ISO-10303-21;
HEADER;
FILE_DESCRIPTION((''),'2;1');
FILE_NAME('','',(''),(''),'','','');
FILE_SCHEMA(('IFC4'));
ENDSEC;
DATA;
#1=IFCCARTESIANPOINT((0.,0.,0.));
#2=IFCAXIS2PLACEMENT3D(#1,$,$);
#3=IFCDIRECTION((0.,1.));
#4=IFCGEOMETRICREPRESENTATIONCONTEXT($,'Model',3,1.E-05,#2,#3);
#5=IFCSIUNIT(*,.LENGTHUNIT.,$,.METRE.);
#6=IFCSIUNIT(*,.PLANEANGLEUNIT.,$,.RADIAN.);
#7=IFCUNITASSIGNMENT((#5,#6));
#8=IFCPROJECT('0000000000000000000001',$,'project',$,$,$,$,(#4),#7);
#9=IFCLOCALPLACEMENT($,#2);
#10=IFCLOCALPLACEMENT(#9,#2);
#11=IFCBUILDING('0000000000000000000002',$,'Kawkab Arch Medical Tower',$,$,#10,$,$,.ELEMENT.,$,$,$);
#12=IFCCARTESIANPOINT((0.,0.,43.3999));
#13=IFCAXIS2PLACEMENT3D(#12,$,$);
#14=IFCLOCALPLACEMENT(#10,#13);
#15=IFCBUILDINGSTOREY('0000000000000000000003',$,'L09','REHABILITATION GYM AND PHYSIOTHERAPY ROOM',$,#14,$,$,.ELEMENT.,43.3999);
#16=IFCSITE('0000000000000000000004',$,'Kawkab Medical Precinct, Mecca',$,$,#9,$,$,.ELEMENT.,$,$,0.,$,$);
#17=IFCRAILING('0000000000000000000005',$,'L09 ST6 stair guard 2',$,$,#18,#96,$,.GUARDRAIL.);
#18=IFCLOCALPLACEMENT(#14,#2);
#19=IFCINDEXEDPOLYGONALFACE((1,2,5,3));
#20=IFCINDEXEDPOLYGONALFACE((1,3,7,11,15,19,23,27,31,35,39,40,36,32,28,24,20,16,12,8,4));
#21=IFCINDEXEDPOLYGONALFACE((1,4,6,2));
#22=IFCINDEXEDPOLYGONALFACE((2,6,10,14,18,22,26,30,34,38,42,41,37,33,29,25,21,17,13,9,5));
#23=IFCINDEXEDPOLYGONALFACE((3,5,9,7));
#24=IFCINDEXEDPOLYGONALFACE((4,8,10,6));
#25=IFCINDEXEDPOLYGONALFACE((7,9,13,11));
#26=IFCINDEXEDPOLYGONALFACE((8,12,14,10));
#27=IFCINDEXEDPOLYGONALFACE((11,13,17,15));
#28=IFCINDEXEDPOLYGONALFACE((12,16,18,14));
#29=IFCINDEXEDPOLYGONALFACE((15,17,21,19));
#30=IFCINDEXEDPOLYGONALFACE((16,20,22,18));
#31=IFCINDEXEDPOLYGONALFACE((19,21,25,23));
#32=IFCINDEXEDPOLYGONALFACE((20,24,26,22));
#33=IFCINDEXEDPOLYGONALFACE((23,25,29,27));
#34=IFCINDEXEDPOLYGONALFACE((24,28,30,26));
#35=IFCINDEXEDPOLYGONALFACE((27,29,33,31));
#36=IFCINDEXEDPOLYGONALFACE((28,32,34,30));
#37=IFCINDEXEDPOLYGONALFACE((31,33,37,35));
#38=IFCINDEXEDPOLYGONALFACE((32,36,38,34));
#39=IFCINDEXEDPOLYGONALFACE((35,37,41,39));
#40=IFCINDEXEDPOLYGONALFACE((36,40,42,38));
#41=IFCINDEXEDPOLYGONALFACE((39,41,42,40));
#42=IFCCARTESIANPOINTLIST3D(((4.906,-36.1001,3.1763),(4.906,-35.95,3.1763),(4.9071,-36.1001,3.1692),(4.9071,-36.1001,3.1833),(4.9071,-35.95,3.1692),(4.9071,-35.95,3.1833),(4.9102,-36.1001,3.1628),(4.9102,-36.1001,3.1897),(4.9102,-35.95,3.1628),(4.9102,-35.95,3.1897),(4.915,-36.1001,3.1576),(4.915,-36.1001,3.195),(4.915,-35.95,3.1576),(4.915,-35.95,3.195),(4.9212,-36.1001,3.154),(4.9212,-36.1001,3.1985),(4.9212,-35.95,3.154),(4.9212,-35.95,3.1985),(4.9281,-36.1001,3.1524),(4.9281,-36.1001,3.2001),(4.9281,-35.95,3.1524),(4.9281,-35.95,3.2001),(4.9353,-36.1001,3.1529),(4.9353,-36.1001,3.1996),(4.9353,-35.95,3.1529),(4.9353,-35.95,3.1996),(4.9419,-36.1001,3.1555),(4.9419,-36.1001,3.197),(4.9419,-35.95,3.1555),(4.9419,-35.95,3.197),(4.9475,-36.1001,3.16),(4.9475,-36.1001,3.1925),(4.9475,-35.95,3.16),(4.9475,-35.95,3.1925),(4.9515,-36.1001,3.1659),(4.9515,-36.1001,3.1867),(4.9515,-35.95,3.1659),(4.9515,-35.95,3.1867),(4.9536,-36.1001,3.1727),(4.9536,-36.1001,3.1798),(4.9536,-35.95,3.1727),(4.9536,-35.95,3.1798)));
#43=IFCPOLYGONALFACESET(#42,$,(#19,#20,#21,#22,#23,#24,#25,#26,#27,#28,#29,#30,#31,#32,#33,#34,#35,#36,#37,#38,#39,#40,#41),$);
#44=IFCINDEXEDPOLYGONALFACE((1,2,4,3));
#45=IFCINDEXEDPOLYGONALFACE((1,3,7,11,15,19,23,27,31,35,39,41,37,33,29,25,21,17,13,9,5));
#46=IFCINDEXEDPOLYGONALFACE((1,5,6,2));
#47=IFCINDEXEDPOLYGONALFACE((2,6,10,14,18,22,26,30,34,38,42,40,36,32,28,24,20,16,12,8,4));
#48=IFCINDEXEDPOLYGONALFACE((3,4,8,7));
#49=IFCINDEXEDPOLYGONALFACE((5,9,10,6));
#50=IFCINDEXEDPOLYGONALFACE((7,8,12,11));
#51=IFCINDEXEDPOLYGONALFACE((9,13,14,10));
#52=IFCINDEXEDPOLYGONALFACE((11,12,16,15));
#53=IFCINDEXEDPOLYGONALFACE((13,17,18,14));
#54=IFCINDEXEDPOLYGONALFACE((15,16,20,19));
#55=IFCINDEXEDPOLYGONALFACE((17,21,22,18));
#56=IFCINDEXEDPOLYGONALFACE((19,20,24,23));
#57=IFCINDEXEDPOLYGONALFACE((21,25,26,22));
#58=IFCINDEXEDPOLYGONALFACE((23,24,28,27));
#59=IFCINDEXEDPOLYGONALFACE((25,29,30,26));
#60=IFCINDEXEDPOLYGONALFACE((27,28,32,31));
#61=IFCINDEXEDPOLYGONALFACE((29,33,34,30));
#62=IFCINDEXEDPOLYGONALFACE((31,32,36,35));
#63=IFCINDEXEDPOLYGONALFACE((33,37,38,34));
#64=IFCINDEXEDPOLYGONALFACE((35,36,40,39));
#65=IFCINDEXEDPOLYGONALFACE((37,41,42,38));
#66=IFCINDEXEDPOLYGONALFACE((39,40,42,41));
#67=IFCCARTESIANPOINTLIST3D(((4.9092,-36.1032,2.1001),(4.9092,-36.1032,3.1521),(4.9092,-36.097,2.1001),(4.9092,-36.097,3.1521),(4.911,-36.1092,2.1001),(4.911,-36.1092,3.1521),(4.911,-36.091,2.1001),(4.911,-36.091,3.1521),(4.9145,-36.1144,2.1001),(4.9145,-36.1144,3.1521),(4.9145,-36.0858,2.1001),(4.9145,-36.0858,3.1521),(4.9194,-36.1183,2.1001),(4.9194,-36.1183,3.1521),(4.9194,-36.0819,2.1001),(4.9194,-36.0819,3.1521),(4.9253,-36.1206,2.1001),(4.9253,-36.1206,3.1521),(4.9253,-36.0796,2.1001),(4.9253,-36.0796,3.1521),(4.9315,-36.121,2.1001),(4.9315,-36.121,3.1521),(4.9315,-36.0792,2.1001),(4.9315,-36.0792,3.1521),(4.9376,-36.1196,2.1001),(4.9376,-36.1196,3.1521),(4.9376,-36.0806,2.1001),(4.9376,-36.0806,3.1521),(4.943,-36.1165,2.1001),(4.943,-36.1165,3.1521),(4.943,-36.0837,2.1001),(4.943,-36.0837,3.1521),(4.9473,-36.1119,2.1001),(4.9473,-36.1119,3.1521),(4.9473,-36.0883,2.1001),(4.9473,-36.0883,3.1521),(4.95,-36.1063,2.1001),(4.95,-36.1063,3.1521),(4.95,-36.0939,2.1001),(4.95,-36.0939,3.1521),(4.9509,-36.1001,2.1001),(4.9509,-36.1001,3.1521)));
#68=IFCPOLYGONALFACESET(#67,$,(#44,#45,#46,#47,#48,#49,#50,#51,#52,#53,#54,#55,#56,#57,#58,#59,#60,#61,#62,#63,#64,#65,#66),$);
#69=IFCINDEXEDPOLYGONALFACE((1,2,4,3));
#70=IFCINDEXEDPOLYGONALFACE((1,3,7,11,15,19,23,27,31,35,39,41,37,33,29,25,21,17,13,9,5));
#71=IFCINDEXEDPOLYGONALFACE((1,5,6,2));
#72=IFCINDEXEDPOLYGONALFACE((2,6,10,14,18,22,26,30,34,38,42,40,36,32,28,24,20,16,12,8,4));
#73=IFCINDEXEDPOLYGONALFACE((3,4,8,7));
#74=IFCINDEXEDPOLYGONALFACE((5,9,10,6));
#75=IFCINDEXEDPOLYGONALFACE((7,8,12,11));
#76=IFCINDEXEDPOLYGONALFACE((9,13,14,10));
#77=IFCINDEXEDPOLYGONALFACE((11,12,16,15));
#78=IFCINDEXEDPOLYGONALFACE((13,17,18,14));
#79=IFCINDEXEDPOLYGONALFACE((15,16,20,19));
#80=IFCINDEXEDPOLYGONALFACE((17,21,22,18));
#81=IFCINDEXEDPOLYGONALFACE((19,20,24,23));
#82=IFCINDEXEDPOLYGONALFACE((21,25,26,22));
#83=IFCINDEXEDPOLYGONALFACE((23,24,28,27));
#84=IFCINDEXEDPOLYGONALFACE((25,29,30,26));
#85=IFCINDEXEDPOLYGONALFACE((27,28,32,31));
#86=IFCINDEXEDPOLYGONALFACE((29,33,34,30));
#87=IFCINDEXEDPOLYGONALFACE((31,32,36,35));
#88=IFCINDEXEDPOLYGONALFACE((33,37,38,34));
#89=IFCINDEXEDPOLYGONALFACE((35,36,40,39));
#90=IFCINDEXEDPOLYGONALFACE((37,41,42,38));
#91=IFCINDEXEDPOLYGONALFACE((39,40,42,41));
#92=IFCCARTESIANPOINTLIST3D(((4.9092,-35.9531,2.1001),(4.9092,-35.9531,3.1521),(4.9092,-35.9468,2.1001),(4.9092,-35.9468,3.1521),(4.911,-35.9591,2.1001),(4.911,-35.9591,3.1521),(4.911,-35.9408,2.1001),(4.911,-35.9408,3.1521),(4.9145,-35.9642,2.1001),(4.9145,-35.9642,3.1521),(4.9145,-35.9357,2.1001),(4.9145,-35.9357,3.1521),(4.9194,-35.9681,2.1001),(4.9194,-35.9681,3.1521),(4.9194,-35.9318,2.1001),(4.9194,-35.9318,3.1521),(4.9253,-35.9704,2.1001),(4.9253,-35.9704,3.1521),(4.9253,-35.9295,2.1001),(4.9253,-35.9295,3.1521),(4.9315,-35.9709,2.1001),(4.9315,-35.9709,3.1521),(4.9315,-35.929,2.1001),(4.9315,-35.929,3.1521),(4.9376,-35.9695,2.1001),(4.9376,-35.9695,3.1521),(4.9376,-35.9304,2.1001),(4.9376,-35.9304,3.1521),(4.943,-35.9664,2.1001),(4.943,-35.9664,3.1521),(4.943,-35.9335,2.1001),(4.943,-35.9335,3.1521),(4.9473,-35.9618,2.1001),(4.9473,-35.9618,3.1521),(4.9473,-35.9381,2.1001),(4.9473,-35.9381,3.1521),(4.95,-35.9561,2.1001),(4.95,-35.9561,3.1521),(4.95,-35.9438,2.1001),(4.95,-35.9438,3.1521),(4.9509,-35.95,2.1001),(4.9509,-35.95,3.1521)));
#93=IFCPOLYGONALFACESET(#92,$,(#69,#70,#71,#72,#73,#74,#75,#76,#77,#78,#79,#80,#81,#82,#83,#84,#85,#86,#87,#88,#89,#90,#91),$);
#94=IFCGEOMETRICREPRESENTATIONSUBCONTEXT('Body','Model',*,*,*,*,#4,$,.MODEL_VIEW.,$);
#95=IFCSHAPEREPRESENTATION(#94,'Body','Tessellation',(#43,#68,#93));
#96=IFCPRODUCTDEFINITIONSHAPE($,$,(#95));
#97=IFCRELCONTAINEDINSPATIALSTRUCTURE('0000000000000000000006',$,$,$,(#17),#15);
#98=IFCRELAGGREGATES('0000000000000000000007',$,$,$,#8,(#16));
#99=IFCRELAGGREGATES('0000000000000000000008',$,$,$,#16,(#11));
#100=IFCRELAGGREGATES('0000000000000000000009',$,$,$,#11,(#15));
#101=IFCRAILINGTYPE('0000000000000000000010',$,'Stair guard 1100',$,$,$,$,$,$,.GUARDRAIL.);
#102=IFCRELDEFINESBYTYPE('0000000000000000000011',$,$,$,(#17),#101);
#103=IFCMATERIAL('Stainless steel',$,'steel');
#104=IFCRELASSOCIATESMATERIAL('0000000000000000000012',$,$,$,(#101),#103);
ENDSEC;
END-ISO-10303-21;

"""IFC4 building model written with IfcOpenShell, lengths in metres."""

from ifc_helpers import new_model, si_unit, direction, frame, origin, origin_2d, place, context, subcontext, project, spatial, circle, extrude, material, type_object, element, save


model = new_model("IFC4")

# Units and contexts
model_context = context("Model", 3, precision=1e-05, world=origin(), true_north=direction((0.0, 1.0)))
body_context = subcontext(model_context, "Body", "Model", "MODEL_VIEW")
ifc_project = project(units=[si_unit("LENGTHUNIT", "METRE"), si_unit("PLANEANGLEUNIT", "RADIAN")], contexts=[model_context])

# Site, building, storey
site_placement = place(None, origin())
site = spatial("IfcSite", under=ifc_project, at=site_placement, Name="Kawkab Medical Precinct, Mecca", CompositionType="ELEMENT", RefElevation=0.0)
building_placement = place(site_placement, origin())
building = spatial("IfcBuilding", under=site, at=building_placement, Name="Kawkab Arch Medical Tower", CompositionType="ELEMENT")
storey_placement = place(building_placement, frame((0.0, 0.0, 43.3999)))
storey = spatial("IfcBuildingStorey", under=building, at=storey_placement, Name="L09", Description="REHABILITATION GYM AND PHYSIOTHERAPY ROOM", CompositionType="ELEMENT", Elevation=43.3999)

# Railing
ifc_material_1 = material(Name="Stainless steel", Category="steel")
railing_type_1 = type_object("IfcRailingType", Name="Stair guard 1100", PredefinedType="GUARDRAIL", material=ifc_material_1)
railing_1_placement = place(storey_placement, frame((4.9299, -36.1001, 2.1001)))
element("IfcRailing", 1, at=railing_1_placement, inside=storey, type_object=railing_type_1, Name="L09 ST6 stair guard 2", PredefinedType="GUARDRAIL", context=body_context, shape_type="SweptSolid", body=[
    extrude(circle(Radius=0.0239, at=origin_2d()), frame((0.0, 0.0, 1.0762), z_axis=(0.0, 1.0, 0.0), x_axis=(-1.0, 0.0, 0.0)), (0.0, 0.0, 1.0), 0.1501),
    extrude(circle(Radius=0.021, at=origin_2d()), origin(), (0.0, 0.0, 1.0), 1.052),
    extrude(circle(Radius=0.021, at=origin_2d()), frame((0.0, 0.1501, 0.0)), (0.0, 0.0, 1.0), 1.052),
])

save(model, "model.ifc")
